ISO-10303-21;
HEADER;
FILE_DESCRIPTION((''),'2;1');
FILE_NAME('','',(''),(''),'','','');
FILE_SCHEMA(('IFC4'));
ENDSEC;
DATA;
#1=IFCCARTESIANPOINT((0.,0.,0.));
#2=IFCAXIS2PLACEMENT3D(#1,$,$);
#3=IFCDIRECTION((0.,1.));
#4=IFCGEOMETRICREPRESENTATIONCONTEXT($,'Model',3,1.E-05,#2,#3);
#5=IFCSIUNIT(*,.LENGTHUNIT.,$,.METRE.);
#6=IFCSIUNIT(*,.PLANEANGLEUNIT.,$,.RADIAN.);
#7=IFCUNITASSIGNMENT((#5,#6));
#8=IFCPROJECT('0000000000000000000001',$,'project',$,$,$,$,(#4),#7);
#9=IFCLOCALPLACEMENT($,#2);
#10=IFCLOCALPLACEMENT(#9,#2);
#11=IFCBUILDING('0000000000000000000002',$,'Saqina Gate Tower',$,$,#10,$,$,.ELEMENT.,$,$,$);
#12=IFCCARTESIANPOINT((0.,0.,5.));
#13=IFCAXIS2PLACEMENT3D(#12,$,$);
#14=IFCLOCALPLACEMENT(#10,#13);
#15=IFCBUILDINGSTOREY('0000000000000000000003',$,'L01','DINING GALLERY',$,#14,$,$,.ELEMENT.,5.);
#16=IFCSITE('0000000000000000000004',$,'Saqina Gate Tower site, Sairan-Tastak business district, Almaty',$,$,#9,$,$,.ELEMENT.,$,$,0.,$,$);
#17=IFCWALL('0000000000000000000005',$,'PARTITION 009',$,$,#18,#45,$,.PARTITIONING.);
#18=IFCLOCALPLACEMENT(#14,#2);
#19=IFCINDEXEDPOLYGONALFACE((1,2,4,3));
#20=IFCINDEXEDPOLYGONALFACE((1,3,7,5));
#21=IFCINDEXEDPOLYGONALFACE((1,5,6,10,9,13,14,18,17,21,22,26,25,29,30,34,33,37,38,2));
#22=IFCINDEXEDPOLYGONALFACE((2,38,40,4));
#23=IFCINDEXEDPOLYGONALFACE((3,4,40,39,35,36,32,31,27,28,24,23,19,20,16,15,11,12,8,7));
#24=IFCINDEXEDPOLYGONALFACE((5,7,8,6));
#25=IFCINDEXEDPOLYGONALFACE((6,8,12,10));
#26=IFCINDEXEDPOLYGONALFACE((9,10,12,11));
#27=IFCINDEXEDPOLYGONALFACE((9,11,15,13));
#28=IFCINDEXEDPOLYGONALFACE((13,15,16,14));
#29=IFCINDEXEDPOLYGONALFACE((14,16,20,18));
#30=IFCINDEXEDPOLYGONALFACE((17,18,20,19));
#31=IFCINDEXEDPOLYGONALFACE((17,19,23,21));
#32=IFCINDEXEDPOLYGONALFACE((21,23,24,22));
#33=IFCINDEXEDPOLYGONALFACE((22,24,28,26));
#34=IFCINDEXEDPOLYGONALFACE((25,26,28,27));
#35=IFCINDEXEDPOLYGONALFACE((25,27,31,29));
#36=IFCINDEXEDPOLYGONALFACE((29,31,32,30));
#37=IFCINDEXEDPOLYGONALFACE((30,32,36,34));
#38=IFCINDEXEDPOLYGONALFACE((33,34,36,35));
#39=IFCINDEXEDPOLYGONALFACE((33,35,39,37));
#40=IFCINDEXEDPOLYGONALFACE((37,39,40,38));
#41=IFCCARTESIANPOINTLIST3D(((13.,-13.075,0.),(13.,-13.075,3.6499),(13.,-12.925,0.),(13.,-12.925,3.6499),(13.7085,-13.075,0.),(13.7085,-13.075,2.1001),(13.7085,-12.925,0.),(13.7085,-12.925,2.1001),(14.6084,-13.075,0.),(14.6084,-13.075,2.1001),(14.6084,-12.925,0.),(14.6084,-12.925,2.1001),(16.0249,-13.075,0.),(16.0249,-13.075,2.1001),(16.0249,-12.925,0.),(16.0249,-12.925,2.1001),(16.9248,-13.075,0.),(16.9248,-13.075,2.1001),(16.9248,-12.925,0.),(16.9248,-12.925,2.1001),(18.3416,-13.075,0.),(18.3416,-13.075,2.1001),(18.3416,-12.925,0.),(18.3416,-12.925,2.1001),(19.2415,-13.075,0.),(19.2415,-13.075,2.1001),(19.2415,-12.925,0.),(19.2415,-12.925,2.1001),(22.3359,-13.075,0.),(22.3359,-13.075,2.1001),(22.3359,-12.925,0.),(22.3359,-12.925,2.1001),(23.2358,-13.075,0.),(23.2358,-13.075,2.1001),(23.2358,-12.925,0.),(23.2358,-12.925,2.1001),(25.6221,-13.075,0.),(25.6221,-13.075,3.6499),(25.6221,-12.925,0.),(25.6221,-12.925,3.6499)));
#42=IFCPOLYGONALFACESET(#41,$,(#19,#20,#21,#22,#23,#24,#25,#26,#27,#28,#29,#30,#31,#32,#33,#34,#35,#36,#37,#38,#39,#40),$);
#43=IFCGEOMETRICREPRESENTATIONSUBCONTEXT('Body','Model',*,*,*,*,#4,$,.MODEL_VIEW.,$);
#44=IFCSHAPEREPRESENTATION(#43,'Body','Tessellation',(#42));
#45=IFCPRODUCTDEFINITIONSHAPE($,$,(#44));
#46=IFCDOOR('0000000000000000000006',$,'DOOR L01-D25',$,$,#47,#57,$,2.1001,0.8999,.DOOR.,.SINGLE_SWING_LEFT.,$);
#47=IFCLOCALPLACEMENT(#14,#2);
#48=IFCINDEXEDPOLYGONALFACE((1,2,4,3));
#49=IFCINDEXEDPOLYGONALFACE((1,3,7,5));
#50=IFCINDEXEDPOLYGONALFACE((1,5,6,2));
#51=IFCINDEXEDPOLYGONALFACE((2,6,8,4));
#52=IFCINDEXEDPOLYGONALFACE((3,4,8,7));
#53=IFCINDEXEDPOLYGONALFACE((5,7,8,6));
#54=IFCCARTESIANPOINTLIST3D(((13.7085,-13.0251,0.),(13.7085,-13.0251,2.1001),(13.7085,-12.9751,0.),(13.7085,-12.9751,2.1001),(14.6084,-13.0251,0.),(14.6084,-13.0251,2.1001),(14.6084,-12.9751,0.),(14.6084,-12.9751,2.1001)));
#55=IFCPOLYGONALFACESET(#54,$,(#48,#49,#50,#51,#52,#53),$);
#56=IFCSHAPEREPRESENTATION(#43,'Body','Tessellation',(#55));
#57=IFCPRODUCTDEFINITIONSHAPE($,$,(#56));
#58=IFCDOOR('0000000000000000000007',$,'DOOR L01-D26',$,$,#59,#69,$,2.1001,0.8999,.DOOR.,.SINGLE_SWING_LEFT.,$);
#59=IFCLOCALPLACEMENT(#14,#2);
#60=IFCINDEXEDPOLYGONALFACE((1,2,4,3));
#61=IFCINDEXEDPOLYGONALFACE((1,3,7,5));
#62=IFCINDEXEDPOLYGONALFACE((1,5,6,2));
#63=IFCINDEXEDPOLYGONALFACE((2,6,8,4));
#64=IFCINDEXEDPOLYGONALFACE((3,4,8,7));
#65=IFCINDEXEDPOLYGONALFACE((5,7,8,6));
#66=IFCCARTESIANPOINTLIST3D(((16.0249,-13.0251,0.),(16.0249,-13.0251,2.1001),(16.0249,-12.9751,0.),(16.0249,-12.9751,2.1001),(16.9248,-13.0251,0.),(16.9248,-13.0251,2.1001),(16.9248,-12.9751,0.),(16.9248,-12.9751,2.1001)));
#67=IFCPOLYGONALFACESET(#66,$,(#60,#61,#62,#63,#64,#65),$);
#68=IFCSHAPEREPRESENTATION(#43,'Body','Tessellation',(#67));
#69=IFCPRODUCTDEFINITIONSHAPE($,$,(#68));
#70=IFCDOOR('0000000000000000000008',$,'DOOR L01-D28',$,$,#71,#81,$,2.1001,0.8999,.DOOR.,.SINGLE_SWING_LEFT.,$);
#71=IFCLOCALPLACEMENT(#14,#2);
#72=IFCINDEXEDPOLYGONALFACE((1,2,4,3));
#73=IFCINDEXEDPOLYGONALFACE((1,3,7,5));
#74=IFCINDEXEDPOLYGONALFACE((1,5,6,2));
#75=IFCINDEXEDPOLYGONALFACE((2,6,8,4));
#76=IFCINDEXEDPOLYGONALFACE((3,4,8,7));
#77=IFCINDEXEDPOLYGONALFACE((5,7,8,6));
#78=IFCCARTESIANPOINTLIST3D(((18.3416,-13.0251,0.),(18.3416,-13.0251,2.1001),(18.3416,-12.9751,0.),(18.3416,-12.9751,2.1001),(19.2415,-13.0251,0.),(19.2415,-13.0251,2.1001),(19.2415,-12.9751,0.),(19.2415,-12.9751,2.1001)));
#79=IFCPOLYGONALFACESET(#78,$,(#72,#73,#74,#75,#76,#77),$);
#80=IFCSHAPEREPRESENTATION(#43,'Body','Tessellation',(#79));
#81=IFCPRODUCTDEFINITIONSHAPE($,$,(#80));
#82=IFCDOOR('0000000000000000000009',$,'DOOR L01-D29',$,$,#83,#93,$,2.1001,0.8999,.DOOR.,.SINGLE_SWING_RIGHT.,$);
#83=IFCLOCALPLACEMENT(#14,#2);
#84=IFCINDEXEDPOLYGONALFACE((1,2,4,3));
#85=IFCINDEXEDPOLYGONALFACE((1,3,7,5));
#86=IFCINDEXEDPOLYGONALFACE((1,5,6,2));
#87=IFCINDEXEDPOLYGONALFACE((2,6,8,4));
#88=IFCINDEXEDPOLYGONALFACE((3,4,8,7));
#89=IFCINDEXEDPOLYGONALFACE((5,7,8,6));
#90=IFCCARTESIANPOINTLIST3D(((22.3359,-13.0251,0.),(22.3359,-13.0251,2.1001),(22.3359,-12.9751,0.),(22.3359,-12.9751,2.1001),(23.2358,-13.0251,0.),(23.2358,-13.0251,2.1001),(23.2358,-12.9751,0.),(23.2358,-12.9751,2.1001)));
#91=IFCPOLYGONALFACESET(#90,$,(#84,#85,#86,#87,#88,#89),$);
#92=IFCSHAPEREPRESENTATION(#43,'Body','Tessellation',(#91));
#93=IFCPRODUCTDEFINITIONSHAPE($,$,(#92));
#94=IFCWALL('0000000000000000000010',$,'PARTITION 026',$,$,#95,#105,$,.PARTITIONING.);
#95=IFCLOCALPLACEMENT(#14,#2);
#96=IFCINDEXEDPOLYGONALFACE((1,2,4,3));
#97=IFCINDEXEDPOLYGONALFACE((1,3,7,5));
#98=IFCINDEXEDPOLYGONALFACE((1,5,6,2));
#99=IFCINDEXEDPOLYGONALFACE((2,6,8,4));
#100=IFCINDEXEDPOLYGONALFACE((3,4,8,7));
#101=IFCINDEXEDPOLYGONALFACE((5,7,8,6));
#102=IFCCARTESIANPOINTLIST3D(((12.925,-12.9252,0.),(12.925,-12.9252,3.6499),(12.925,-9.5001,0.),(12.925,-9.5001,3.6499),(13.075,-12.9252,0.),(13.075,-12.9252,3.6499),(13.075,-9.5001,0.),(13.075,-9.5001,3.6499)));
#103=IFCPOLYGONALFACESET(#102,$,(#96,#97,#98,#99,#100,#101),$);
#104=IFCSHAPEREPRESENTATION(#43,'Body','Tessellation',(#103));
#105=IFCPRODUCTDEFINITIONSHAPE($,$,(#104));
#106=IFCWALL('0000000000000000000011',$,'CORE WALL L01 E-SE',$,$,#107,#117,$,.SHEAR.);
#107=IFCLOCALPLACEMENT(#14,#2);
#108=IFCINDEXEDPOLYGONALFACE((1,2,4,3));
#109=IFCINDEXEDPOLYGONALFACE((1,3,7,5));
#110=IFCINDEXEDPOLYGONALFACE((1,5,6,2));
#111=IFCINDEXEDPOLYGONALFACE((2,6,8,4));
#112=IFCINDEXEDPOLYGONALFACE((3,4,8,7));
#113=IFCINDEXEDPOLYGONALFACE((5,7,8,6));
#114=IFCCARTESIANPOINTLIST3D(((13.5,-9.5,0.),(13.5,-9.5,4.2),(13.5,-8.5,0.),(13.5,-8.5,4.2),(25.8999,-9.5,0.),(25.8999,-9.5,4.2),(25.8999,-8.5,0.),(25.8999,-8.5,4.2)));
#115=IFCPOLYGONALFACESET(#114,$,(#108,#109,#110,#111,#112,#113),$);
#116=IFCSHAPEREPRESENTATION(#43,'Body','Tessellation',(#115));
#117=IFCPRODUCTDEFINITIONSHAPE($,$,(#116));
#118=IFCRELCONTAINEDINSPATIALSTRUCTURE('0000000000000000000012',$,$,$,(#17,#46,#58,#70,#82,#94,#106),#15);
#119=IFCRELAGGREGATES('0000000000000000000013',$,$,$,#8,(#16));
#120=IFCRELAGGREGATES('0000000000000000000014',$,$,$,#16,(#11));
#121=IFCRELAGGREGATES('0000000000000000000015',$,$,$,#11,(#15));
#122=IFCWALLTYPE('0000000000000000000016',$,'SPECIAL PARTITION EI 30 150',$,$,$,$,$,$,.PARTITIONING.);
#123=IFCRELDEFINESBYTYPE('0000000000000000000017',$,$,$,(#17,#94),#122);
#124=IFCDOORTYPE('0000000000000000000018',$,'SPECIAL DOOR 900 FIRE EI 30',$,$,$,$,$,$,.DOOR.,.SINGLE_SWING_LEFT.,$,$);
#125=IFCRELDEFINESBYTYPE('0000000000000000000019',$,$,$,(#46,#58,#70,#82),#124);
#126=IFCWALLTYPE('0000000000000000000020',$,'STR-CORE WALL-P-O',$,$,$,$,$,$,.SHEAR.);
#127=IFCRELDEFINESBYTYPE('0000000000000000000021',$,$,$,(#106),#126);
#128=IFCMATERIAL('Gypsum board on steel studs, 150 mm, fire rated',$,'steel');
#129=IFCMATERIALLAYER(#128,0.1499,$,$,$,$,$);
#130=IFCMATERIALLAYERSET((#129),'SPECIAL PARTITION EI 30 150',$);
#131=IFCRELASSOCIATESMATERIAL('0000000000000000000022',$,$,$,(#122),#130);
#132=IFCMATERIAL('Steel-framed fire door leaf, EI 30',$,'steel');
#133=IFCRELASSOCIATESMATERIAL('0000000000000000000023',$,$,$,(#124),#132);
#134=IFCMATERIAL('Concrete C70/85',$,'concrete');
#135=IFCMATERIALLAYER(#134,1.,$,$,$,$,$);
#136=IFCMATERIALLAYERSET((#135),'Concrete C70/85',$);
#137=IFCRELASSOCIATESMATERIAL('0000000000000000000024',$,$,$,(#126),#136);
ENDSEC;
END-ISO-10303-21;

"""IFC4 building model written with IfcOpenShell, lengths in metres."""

from ifc_helpers import new_model, si_unit, direction, frame, frame_2d, origin, place, context, subcontext, project, spatial, rectangle, extrude, material, layer, layer_set, type_object, element, fill, save


model = new_model("IFC4")

# Units and contexts
model_context = context("Model", 3, precision=1e-05, world=origin(), true_north=direction((0.0, 1.0)))
body_context = subcontext(model_context, "Body", "Model", "MODEL_VIEW")
ifc_project = project(units=[si_unit("LENGTHUNIT", "METRE"), si_unit("PLANEANGLEUNIT", "RADIAN")], contexts=[model_context])

# Site, building, storey
site_placement = place(None, origin())
site = spatial("IfcSite", under=ifc_project, at=site_placement, Name="Saqina Gate Tower site, Sairan-Tastak business district, Almaty", CompositionType="ELEMENT", RefElevation=0.0)
building_placement = place(site_placement, origin())
building = spatial("IfcBuilding", under=site, at=building_placement, Name="Saqina Gate Tower", CompositionType="ELEMENT")
storey_placement = place(building_placement, frame((0.0, 0.0, 5.0)))
storey = spatial("IfcBuildingStorey", under=building, at=storey_placement, Name="L01", Description="DINING GALLERY", CompositionType="ELEMENT", Elevation=5.0)

# Wall, openings, doors
ifc_material_1 = material(Name="Gypsum board on steel studs, 150 mm, fire rated", Category="steel")
ifc_layer_1 = layer(ifc_material_1, 0.1499)
ifc_layer_set_1 = layer_set([ifc_layer_1], Name="SPECIAL PARTITION EI 30 150")
wall_type_1 = type_object("IfcWallType", Name="SPECIAL PARTITION EI 30 150", PredefinedType="PARTITIONING", material=ifc_layer_set_1)
wall_1_placement = place(storey_placement, frame((13.0, -13.0, 0.0), z_axis=(0.0, 0.0, 1.0), x_axis=(1.0, 0.0, 0.0)))
wall_1 = element("IfcWall", 1, at=wall_1_placement, inside=storey, type_object=wall_type_1, Name="PARTITION 009", PredefinedType="PARTITIONING", context=body_context, shape_type="SweptSolid", body=[
    extrude(rectangle(XDim=12.6221, YDim=0.1499, at=frame_2d((6.311, 0.0))), origin(), (0.0, 0.0, 1.0), 3.6499),
])
opening_1_placement = place(wall_1_placement, frame((0.7085, 0.0, 0.0)))
opening_1 = element("IfcOpeningElement", 2, at=opening_1_placement, cuts=wall_1, PredefinedType="OPENING", context=body_context, shape_type="SweptSolid", body=[
    extrude(rectangle(XDim=0.8999, YDim=2.1001, at=frame_2d((0.45, 1.05))), frame((0.0, 0.0869, 0.0), z_axis=(0.0, -1.0, 0.0), x_axis=(1.0, 0.0, 0.0)), (0.0, 0.0, 1.0), 0.1738),
])
opening_2_placement = place(wall_1_placement, frame((3.0249, 0.0, 0.0)))
opening_2 = element("IfcOpeningElement", 3, at=opening_2_placement, cuts=wall_1, PredefinedType="OPENING", context=body_context, shape_type="SweptSolid", body=[
    extrude(rectangle(XDim=0.8999, YDim=2.1001, at=frame_2d((0.45, 1.05))), frame((0.0, 0.0869, 0.0), z_axis=(0.0, -1.0, 0.0), x_axis=(1.0, 0.0, 0.0)), (0.0, 0.0, 1.0), 0.1738),
])
opening_3_placement = place(wall_1_placement, frame((5.3416, 0.0, 0.0)))
opening_3 = element("IfcOpeningElement", 4, at=opening_3_placement, cuts=wall_1, PredefinedType="OPENING", context=body_context, shape_type="SweptSolid", body=[
    extrude(rectangle(XDim=0.8999, YDim=2.1001, at=frame_2d((0.45, 1.05))), frame((0.0, 0.0869, 0.0), z_axis=(0.0, -1.0, 0.0), x_axis=(1.0, 0.0, 0.0)), (0.0, 0.0, 1.0), 0.1738),
])
opening_4_placement = place(wall_1_placement, frame((9.3359, 0.0, 0.0)))
opening_4 = element("IfcOpeningElement", 5, at=opening_4_placement, cuts=wall_1, PredefinedType="OPENING", context=body_context, shape_type="SweptSolid", body=[
    extrude(rectangle(XDim=0.8999, YDim=2.1001, at=frame_2d((0.45, 1.05))), frame((0.0, 0.0869, 0.0), z_axis=(0.0, -1.0, 0.0), x_axis=(1.0, 0.0, 0.0)), (0.0, 0.0, 1.0), 0.1738),
])
ifc_material_2 = material(Name="Steel-framed fire door leaf, EI 30", Category="steel")
door_type_1 = type_object("IfcDoorType", Name="SPECIAL DOOR 900 FIRE EI 30", OperationType="SINGLE_SWING_LEFT", PredefinedType="DOOR", material=ifc_material_2)
door_1_placement = place(opening_1_placement, origin())
door_1 = element("IfcDoor", 6, at=door_1_placement, inside=storey, type_object=door_type_1, Name="DOOR L01-D25", OperationType="SINGLE_SWING_LEFT", OverallHeight=2.1001, OverallWidth=0.8999, PredefinedType="DOOR", context=body_context, shape_type="SweptSolid", body=[
    extrude(rectangle(XDim=0.8999, YDim=2.1001, at=frame_2d((0.45, 1.05))), frame((0.0, 0.0249, 0.0), z_axis=(0.0, -1.0, 0.0), x_axis=(1.0, 0.0, 0.0)), (0.0, 0.0, 1.0), 0.05),
])
fill(opening_1, door_1)
door_2_placement = place(opening_2_placement, origin())
door_2 = element("IfcDoor", 7, at=door_2_placement, inside=storey, type_object=door_type_1, Name="DOOR L01-D26", OperationType="SINGLE_SWING_LEFT", OverallHeight=2.1001, OverallWidth=0.8999, PredefinedType="DOOR", context=body_context, shape_type="SweptSolid", body=[
    extrude(rectangle(XDim=0.8999, YDim=2.1001, at=frame_2d((0.45, 1.05))), frame((0.0, 0.0249, 0.0), z_axis=(0.0, -1.0, 0.0), x_axis=(1.0, 0.0, 0.0)), (0.0, 0.0, 1.0), 0.05),
])
fill(opening_2, door_2)
door_3_placement = place(opening_3_placement, origin())
door_3 = element("IfcDoor", 8, at=door_3_placement, inside=storey, type_object=door_type_1, Name="DOOR L01-D28", OperationType="SINGLE_SWING_LEFT", OverallHeight=2.1001, OverallWidth=0.8999, PredefinedType="DOOR", context=body_context, shape_type="SweptSolid", body=[
    extrude(rectangle(XDim=0.8999, YDim=2.1001, at=frame_2d((0.45, 1.05))), frame((0.0, 0.0249, 0.0), z_axis=(0.0, -1.0, 0.0), x_axis=(1.0, 0.0, 0.0)), (0.0, 0.0, 1.0), 0.05),
])
fill(opening_3, door_3)
door_4_placement = place(opening_4_placement, origin())
door_4 = element("IfcDoor", 9, at=door_4_placement, inside=storey, type_object=door_type_1, Name="DOOR L01-D29", OperationType="SINGLE_SWING_RIGHT", OverallHeight=2.1001, OverallWidth=0.8999, PredefinedType="DOOR", context=body_context, shape_type="SweptSolid", body=[
    extrude(rectangle(XDim=0.8999, YDim=2.1001, at=frame_2d((0.45, 1.05))), frame((0.0, 0.0249, 0.0), z_axis=(0.0, -1.0, 0.0), x_axis=(1.0, 0.0, 0.0)), (0.0, 0.0, 1.0), 0.05),
])
fill(opening_4, door_4)

# Wall
wall_2_placement = place(storey_placement, frame((13.0, -12.925, 0.0), z_axis=(0.0, 0.0, 1.0), x_axis=(0.0, 1.0, 0.0)))
element("IfcWall", 10, at=wall_2_placement, inside=storey, type_object=wall_type_1, Name="PARTITION 026", PredefinedType="PARTITIONING", context=body_context, shape_type="SweptSolid", body=[
    extrude(rectangle(XDim=3.425, YDim=0.1499, at=frame_2d((1.7124, 0.0))), origin(), (0.0, 0.0, 1.0), 3.6499),
])

# Shared definitions
ifc_material_3 = material(Name="Concrete C70/85", Category="concrete")
ifc_layer_2 = layer(ifc_material_3, 1.0)
ifc_layer_set_2 = layer_set([ifc_layer_2], Name="Concrete C70/85")
wall_type_2 = type_object("IfcWallType", Name="STR-CORE WALL-P-O", PredefinedType="SHEAR", material=ifc_layer_set_2)

# Wall
wall_3_placement = place(storey_placement, frame((13.5, -9.0, 0.0), z_axis=(0.0, 0.0, 1.0), x_axis=(1.0, 0.0, 0.0)))
element("IfcWall", 11, at=wall_3_placement, inside=storey, type_object=wall_type_2, Name="CORE WALL L01 E-SE", PredefinedType="SHEAR", context=body_context, shape_type="SweptSolid", body=[
    extrude(rectangle(XDim=12.3999, YDim=1.0, at=frame_2d((6.2, 0.0))), origin(), (0.0, 0.0, 1.0), 4.2),
])

save(model, "model.ifc")
